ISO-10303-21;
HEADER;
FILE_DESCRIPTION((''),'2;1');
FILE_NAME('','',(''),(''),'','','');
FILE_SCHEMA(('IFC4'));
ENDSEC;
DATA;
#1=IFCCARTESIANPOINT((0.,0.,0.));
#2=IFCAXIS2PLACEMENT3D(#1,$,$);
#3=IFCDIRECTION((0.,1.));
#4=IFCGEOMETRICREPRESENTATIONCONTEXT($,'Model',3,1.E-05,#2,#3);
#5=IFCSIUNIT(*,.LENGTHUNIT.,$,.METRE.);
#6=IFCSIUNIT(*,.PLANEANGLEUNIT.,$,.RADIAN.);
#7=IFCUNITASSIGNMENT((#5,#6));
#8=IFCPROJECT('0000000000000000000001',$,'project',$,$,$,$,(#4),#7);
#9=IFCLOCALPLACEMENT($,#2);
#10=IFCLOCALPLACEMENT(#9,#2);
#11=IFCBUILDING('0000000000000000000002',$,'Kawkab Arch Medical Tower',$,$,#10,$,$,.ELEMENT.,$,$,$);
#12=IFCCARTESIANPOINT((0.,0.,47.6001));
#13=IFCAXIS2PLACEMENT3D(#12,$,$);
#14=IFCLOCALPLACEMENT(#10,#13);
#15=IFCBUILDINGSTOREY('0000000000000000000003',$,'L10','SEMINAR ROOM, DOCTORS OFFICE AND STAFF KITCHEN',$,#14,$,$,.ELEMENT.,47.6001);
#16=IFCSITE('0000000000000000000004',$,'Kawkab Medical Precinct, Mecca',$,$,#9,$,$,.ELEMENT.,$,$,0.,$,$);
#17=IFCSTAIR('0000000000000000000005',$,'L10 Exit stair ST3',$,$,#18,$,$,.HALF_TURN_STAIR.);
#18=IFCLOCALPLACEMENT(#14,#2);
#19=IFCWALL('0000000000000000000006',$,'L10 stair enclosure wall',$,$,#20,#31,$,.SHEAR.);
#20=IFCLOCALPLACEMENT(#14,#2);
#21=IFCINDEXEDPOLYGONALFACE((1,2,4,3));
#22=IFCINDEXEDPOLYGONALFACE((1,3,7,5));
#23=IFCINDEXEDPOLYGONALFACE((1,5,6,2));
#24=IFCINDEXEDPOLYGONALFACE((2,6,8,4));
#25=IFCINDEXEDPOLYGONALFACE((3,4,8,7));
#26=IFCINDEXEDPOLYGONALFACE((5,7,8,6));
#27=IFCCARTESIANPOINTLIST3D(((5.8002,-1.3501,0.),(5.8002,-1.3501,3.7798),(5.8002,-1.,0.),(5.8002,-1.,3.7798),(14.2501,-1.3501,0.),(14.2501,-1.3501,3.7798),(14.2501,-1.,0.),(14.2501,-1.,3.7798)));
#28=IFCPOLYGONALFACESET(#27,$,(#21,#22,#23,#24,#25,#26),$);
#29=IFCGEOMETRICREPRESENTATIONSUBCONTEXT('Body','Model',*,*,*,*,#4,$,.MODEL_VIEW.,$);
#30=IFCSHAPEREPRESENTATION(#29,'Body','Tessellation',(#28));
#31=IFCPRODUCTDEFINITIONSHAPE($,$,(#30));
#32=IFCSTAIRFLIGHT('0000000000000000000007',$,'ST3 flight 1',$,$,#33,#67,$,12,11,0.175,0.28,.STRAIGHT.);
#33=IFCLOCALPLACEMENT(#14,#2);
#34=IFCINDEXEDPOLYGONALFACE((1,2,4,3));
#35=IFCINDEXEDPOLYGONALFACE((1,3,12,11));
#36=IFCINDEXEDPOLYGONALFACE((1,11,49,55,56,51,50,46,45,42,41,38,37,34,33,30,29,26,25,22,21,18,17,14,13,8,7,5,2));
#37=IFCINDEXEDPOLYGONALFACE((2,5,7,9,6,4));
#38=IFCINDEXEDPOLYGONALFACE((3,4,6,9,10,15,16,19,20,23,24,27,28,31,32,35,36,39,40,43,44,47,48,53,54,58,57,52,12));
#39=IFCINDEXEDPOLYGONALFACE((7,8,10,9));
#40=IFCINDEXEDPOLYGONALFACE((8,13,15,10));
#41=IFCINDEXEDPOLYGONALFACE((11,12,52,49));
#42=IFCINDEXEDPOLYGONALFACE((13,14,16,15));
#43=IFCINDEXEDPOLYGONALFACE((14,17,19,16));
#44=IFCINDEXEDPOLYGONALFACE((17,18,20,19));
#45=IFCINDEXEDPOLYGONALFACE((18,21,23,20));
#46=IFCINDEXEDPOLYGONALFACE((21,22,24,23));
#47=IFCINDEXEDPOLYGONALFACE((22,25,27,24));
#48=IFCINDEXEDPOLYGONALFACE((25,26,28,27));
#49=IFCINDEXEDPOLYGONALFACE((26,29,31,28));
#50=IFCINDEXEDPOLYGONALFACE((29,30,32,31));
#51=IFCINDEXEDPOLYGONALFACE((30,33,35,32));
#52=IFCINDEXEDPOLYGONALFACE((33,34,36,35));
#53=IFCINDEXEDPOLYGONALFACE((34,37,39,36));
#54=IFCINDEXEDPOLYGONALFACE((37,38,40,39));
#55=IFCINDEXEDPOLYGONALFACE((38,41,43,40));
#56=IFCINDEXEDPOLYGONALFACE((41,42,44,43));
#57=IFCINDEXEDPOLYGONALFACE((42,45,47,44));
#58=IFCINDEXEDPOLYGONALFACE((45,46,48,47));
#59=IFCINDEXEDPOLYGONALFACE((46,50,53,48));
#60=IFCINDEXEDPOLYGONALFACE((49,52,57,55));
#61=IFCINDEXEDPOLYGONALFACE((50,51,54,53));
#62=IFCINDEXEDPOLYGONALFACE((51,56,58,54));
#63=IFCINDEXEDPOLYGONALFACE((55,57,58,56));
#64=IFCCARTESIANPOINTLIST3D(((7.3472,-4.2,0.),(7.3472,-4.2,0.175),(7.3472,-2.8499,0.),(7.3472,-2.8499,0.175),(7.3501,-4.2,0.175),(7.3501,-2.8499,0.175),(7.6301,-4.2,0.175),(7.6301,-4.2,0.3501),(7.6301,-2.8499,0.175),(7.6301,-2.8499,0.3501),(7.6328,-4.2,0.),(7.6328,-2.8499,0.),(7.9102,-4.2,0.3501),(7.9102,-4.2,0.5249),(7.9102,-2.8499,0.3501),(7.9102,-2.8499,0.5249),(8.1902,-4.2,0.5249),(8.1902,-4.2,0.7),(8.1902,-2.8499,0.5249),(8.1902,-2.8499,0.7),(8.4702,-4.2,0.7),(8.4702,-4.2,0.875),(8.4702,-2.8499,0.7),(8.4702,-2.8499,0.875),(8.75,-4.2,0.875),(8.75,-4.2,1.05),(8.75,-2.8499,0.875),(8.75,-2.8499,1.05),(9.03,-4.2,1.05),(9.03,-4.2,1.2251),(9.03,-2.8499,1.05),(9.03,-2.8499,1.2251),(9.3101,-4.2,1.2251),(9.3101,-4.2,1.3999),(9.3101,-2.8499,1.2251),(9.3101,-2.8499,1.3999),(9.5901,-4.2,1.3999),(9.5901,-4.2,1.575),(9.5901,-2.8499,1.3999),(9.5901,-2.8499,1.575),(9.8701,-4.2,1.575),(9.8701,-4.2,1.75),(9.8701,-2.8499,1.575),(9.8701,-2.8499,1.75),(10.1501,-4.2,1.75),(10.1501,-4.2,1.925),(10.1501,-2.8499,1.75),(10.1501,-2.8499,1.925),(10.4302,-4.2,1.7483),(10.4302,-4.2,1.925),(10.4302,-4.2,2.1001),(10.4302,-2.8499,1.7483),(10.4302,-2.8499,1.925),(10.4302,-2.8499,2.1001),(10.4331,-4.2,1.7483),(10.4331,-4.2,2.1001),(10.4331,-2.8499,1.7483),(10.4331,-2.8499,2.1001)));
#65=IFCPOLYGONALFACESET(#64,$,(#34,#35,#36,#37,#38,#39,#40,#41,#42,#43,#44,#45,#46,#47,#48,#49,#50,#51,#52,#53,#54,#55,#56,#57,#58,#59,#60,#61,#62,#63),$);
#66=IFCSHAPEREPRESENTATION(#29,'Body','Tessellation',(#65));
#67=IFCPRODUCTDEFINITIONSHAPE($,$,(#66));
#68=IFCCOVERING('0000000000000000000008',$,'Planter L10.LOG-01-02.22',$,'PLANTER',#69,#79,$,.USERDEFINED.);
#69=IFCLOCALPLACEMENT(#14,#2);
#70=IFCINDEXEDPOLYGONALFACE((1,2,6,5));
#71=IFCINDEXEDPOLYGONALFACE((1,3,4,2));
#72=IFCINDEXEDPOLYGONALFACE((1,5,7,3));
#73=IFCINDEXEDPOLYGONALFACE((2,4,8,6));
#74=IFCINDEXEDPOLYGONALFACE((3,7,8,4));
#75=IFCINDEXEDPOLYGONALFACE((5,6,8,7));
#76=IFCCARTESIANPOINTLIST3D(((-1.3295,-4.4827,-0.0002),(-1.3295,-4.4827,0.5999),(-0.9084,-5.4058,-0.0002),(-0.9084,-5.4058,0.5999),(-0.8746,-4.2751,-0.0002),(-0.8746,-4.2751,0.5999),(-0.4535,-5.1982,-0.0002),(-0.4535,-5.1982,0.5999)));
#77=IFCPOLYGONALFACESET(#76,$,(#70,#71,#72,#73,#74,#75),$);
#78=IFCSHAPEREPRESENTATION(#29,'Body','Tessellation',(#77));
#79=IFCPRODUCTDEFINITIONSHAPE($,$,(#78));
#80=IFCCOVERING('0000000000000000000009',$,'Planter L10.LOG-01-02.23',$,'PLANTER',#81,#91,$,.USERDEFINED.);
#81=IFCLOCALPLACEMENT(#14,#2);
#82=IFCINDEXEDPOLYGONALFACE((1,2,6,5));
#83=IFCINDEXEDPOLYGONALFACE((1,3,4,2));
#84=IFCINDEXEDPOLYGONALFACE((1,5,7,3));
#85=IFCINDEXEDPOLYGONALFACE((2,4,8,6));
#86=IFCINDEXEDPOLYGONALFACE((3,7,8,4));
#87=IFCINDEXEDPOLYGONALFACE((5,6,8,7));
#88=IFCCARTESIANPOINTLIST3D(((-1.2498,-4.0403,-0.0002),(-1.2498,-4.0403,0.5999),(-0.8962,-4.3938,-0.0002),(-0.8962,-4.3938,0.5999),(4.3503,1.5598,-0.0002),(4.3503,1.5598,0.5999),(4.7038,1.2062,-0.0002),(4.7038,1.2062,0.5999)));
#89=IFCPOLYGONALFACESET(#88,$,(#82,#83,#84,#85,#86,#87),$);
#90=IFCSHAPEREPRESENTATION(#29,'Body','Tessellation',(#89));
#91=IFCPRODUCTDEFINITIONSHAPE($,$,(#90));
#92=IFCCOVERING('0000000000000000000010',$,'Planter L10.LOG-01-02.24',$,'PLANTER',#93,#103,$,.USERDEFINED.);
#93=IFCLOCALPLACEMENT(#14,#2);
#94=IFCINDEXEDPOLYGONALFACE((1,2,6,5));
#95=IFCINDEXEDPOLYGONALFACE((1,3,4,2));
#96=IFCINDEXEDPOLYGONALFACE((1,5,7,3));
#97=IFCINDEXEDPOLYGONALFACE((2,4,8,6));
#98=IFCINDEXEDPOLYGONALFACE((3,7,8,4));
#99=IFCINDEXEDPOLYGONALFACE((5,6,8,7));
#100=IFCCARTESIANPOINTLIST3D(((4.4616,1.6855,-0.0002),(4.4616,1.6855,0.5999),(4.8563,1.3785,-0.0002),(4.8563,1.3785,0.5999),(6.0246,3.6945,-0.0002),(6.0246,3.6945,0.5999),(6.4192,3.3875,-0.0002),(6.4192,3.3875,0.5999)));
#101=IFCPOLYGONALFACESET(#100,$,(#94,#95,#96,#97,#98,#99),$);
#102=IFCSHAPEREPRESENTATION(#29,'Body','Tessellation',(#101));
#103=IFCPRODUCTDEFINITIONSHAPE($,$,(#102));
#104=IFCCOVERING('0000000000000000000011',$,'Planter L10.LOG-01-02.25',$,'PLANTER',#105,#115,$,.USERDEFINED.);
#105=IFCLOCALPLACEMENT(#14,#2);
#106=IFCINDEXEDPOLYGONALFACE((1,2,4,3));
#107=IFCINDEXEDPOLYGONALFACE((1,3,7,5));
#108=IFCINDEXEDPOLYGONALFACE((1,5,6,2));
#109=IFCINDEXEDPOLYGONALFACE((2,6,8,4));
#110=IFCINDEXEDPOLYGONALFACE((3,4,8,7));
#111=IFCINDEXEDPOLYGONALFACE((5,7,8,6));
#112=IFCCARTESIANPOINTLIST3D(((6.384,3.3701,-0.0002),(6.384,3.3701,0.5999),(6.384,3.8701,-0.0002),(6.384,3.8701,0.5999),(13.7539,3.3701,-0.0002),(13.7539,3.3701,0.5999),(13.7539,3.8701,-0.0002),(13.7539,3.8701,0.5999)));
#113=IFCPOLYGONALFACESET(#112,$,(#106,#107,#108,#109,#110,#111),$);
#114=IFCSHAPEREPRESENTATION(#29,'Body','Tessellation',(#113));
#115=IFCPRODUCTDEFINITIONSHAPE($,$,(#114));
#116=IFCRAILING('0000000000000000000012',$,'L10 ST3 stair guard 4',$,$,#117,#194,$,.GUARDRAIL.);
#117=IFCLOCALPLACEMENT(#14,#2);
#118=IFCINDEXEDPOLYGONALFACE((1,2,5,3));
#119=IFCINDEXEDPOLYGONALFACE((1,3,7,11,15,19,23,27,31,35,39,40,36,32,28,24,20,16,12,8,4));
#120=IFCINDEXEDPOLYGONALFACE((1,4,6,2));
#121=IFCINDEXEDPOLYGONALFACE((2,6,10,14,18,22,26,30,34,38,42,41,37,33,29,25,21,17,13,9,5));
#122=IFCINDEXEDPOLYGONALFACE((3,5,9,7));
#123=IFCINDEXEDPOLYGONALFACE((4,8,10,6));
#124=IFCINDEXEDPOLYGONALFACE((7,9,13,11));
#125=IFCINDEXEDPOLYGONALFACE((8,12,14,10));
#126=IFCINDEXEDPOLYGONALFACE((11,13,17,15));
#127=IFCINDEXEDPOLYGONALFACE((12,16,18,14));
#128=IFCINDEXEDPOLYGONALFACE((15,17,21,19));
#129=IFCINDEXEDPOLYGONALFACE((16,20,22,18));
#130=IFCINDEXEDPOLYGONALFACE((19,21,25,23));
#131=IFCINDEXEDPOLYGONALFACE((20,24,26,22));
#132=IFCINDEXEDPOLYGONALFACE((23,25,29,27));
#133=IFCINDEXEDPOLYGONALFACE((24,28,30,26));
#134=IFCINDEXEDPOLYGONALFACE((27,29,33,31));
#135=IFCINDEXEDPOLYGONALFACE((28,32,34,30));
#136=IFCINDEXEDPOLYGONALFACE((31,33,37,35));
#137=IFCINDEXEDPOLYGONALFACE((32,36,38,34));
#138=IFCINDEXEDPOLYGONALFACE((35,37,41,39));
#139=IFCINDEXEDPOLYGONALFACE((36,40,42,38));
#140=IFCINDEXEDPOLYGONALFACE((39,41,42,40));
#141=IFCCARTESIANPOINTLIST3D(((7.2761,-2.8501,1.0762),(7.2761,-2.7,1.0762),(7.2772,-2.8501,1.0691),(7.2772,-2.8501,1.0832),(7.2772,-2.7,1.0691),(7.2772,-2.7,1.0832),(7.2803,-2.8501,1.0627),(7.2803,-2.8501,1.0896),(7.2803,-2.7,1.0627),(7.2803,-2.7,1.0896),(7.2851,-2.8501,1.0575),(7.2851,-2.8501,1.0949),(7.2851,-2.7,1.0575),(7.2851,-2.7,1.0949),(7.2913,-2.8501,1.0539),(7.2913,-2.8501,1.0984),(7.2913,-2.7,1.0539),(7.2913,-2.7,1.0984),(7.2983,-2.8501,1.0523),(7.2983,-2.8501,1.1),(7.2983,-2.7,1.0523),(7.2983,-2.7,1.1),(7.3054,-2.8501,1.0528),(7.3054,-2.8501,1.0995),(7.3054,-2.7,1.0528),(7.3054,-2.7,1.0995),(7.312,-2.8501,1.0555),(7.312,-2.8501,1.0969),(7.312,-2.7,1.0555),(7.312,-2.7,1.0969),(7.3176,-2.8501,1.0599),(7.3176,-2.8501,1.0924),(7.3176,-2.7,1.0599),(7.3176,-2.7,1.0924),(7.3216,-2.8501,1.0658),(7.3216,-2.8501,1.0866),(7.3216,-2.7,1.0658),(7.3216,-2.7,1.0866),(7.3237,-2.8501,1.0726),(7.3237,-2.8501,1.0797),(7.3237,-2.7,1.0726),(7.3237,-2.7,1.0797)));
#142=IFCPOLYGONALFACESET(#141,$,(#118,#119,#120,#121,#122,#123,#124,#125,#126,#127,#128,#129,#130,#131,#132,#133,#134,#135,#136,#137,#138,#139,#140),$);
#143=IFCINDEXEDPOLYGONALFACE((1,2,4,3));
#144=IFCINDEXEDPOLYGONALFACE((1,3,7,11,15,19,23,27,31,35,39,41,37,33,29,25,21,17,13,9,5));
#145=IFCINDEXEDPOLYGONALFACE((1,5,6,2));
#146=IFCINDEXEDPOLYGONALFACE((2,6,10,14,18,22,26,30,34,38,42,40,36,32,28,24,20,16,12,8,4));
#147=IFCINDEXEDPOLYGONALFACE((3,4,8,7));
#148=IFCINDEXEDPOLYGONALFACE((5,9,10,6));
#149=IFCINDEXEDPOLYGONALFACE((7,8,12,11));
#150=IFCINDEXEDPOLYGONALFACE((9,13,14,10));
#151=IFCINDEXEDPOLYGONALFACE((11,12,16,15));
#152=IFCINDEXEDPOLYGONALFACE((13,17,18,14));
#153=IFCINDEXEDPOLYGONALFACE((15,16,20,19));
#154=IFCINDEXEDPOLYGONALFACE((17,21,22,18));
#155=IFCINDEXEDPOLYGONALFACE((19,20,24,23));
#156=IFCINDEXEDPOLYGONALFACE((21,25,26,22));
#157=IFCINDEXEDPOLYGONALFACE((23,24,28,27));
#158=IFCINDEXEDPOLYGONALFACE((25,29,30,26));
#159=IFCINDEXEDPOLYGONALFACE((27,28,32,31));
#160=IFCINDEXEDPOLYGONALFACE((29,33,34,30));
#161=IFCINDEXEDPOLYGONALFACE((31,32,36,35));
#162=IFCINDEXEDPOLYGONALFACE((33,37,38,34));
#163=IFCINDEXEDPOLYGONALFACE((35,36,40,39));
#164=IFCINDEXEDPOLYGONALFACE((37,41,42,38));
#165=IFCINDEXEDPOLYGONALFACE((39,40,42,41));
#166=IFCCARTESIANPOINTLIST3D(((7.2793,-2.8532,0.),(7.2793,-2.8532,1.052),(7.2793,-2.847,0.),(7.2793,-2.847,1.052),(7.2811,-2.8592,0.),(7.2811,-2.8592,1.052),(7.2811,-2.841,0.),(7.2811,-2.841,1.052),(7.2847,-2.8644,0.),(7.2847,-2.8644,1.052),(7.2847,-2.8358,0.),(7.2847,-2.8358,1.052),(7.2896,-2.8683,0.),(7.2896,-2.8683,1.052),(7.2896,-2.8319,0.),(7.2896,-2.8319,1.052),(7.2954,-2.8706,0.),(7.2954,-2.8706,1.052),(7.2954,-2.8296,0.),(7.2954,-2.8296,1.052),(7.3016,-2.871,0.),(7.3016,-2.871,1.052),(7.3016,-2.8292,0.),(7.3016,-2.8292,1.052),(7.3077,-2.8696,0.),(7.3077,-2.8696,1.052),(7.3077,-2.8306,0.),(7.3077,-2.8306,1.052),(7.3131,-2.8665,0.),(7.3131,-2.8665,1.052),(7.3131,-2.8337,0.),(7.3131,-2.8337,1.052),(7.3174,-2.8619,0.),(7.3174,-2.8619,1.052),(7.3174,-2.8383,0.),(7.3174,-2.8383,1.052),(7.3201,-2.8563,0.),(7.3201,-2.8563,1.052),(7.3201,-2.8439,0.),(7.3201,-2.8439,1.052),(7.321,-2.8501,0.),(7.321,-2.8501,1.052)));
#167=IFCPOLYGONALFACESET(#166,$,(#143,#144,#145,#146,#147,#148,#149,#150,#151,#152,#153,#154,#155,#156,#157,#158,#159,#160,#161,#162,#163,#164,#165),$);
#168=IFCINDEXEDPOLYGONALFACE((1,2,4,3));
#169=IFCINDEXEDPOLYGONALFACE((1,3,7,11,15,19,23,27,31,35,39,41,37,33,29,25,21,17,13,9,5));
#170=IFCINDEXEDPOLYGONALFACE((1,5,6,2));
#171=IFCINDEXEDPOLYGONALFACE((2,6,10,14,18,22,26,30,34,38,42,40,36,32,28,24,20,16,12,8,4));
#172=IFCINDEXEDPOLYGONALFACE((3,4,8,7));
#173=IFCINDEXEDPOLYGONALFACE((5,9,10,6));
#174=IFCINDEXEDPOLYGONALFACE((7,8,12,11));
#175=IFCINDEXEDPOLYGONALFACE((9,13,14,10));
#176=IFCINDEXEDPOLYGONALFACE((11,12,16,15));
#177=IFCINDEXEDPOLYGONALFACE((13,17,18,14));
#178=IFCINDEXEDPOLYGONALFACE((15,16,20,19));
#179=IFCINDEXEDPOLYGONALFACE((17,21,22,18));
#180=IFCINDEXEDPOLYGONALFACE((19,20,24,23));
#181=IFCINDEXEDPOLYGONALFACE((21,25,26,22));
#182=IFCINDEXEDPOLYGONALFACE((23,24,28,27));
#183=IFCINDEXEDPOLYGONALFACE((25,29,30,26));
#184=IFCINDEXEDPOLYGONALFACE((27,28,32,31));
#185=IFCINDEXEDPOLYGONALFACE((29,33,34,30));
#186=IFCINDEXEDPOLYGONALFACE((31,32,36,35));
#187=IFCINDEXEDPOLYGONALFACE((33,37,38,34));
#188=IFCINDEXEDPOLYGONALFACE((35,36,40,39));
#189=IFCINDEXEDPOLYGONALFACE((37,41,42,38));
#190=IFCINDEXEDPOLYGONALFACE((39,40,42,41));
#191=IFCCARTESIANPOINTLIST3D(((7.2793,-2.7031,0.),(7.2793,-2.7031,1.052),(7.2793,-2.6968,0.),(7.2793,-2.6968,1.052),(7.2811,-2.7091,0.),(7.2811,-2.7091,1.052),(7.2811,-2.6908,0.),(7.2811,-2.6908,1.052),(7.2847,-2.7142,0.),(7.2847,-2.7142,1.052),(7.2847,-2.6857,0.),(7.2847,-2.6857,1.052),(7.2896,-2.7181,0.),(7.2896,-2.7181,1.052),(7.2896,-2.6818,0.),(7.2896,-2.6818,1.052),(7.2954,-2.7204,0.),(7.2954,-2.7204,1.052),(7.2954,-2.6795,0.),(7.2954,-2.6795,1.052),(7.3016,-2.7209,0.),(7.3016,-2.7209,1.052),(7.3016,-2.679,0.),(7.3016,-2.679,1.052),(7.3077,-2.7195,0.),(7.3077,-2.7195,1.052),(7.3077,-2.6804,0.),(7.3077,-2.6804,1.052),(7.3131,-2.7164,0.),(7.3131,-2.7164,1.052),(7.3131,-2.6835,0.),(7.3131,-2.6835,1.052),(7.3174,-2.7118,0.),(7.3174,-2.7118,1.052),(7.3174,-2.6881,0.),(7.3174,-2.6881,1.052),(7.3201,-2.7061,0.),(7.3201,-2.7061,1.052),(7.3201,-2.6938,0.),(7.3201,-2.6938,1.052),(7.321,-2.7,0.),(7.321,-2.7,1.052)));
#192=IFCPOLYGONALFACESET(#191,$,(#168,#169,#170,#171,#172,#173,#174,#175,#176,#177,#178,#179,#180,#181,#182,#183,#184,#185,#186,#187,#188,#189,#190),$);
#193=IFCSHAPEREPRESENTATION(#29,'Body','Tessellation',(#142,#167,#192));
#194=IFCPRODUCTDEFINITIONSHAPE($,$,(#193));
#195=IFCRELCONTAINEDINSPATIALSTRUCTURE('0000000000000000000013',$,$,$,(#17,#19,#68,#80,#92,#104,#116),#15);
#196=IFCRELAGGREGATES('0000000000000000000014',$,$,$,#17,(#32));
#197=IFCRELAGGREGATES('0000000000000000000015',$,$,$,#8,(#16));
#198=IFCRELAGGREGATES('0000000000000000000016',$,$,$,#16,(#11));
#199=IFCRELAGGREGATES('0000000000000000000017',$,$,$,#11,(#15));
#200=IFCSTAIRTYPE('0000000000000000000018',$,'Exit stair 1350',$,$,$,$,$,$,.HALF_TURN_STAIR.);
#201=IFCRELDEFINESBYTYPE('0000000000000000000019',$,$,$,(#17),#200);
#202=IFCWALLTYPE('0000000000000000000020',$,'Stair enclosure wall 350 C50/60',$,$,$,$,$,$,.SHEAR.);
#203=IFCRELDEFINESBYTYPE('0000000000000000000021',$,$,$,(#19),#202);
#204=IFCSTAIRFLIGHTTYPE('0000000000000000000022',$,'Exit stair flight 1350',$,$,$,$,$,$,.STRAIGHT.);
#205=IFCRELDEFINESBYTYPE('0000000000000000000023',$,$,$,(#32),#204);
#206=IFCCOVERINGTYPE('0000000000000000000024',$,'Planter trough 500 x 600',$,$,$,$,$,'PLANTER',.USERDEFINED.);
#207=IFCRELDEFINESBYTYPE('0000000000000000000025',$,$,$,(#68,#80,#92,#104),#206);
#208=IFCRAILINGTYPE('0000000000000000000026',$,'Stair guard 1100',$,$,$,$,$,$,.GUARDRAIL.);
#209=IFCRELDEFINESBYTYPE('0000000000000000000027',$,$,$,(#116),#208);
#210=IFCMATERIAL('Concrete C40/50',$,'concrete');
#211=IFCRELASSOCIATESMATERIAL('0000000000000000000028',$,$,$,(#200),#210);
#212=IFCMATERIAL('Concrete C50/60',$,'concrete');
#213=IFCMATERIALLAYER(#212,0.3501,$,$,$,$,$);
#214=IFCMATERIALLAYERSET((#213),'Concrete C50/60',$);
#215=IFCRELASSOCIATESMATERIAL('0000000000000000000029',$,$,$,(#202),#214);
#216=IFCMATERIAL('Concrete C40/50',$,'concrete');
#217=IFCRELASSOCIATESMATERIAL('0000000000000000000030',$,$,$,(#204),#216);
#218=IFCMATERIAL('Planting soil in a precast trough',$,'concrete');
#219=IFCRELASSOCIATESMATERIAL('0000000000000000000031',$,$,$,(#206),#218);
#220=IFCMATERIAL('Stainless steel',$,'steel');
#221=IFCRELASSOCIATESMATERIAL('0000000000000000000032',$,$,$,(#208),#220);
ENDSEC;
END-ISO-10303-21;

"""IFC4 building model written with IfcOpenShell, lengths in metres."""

from ifc_helpers import new_model, si_unit, direction, frame, frame_2d, origin, origin_2d, place, context, subcontext, project, spatial, polyline, rectangle, circle, outline, extrude, material, layer, layer_set, material_profile, profile_set, type_object, element, aggregate, save


model = new_model("IFC4")

# Units and contexts
model_context = context("Model", 3, precision=1e-05, world=origin(), true_north=direction((0.0, 1.0)))
body_context = subcontext(model_context, "Body", "Model", "MODEL_VIEW")
ifc_project = project(units=[si_unit("LENGTHUNIT", "METRE"), si_unit("PLANEANGLEUNIT", "RADIAN")], contexts=[model_context])

# Site, building, storey
site_placement = place(None, origin())
site = spatial("IfcSite", under=ifc_project, at=site_placement, Name="Kawkab Medical Precinct, Mecca", CompositionType="ELEMENT", RefElevation=0.0)
building_placement = place(site_placement, origin())
building = spatial("IfcBuilding", under=site, at=building_placement, Name="Kawkab Arch Medical Tower", CompositionType="ELEMENT")
storey_placement = place(building_placement, frame((0.0, 0.0, 47.6001)))
storey = spatial("IfcBuildingStorey", under=building, at=storey_placement, Name="L10", Description="SEMINAR ROOM, DOCTORS OFFICE AND STAFF KITCHEN", CompositionType="ELEMENT", Elevation=47.6001)

# Shared definitions
placement_1 = place(storey_placement, origin())

# Stair
ifc_material_1 = material(Name="Concrete C40/50", Category="concrete")
stair_type = type_object("IfcStairType", Name="Exit stair 1350", PredefinedType="HALF_TURN_STAIR", material=ifc_material_1)
stair_1 = element("IfcStair", 1, at=placement_1, inside=storey, type_object=stair_type, Name="L10 Exit stair ST3", PredefinedType="HALF_TURN_STAIR")

# Wall
ifc_material_2 = material(Name="Concrete C50/60", Category="concrete")
ifc_layer_1 = layer(ifc_material_2, 0.3501)
ifc_layer_set_1 = layer_set([ifc_layer_1], Name="Concrete C50/60")
wall_type_1 = type_object("IfcWallType", Name="Stair enclosure wall 350 C50/60", PredefinedType="SHEAR", material=ifc_layer_set_1)
wall_1_placement = place(storey_placement, frame((5.8, -1.175, 0.0), z_axis=(0.0, 0.0, 1.0), x_axis=(1.0, 0.0, 0.0)))
element("IfcWall", 2, at=wall_1_placement, inside=storey, type_object=wall_type_1, Name="L10 stair enclosure wall", PredefinedType="SHEAR", context=body_context, shape_type="SweptSolid", body=[
    extrude(rectangle(XDim=8.45, YDim=0.3501, at=frame_2d((4.2251, 0.0))), origin(), (0.0, 0.0, 1.0), 3.7798),
])

# Stair flight
ifc_material_3 = material(Name="Concrete C40/50", Category="concrete")
stair_flight_type = type_object("IfcStairFlightType", Name="Exit stair flight 1350", PredefinedType="STRAIGHT", material=ifc_material_3)
stair_flight_placement = place(storey_placement, frame((7.3501, -3.5249, 0.0), z_axis=(0.0, 0.0, 1.0), x_axis=(1.0, 0.0, 0.0)))
stair_flight = element("IfcStairFlight", 3, at=stair_flight_placement, type_object=stair_flight_type, Name="ST3 flight 1", NumberOfRisers=12, NumberOfTreads=11, PredefinedType="STRAIGHT", RiserHeight=0.175, TreadLength=0.28, context=body_context, shape_type="SweptSolid", body=[
    extrude(outline(polyline([(-0.0029, 0.0), (-0.0029, 0.175), (0.0, 0.175), (0.28, 0.175), (0.28, 0.3501), (0.5601, 0.3501), (0.5601, 0.5249), (0.8401, 0.5249), (0.8401, 0.7), (1.1201, 0.7), (1.1201, 0.875), (1.3999, 0.875), (1.3999, 1.05), (1.6799, 1.05), (1.6799, 1.2251), (1.96, 1.2251), (1.96, 1.3999), (2.24, 1.3999), (2.24, 1.575), (2.52, 1.575), (2.52, 1.75), (2.8, 1.75), (2.8, 1.925), (3.0801, 1.925), (3.0801, 2.1001), (3.083, 2.1001), (3.083, 1.7483), (3.0801, 1.7483), (0.2827, 0.0), (-0.0029, 0.0)])), frame((0.0, 0.675, 0.0), z_axis=(0.0, -1.0, 0.0), x_axis=(1.0, 0.0, 0.0)), (0.0, 0.0, 1.0), 1.3501),
])
aggregate(stair_1, [stair_flight])

# Coverings
ifc_material_4 = material(Name="Planting soil in a precast trough", Category="concrete")
ifc_material_profile_1 = material_profile(ifc_material_4, rectangle(XDim=0.5, YDim=0.6001, at=origin_2d()), Name="Trough 500x600")
ifc_profile_set_1 = profile_set([ifc_material_profile_1], Name="Planting soil in a precast trough")
covering_type = type_object("IfcCoveringType", Name="Planter trough 500 x 600", ElementType="PLANTER", PredefinedType="USERDEFINED", material=ifc_profile_set_1)
covering_1_placement = place(storey_placement, frame((-0.6809, -5.302, 0.2998), z_axis=(-0.415072, 0.909789, 0.0), x_axis=(-0.909789, -0.415072, 0.0)))
element("IfcCovering", 4, at=covering_1_placement, inside=storey, type_object=covering_type, Name="Planter L10.LOG-01-02.22", ObjectType="PLANTER", PredefinedType="USERDEFINED", context=body_context, shape_type="SweptSolid", body=[
    extrude(rectangle(XDim=0.5, YDim=0.6001, at=origin_2d()), origin(), (0.0, 0.0, 1.0), 1.0146),
])
covering_2_placement = place(storey_placement, frame((-1.073, -4.217, 0.2998), z_axis=(0.707107, 0.707107, 0.0), x_axis=(-0.707107, 0.707107, 0.0)))
element("IfcCovering", 5, at=covering_2_placement, inside=storey, type_object=covering_type, Name="Planter L10.LOG-01-02.23", ObjectType="PLANTER", PredefinedType="USERDEFINED", context=body_context, shape_type="SweptSolid", body=[
    extrude(rectangle(XDim=0.5, YDim=0.6001, at=origin_2d()), origin(), (0.0, 0.0, 1.0), 7.9197),
])
covering_3_placement = place(storey_placement, frame((4.6589, 1.532, 0.2998), z_axis=(0.61404, 0.789275, 0.0), x_axis=(-0.789275, 0.61404, 0.0)))
element("IfcCovering", 6, at=covering_3_placement, inside=storey, type_object=covering_type, Name="Planter L10.LOG-01-02.24", ObjectType="PLANTER", PredefinedType="USERDEFINED", context=body_context, shape_type="SweptSolid", body=[
    extrude(rectangle(XDim=0.5, YDim=0.6001, at=origin_2d()), origin(), (0.0, 0.0, 1.0), 2.5454),
])
covering_4_placement = place(storey_placement, frame((6.384, 3.6201, 0.2998), z_axis=(1.0, 0.0, 0.0), x_axis=(0.0, 1.0, 0.0)))
element("IfcCovering", 7, at=covering_4_placement, inside=storey, type_object=covering_type, Name="Planter L10.LOG-01-02.25", ObjectType="PLANTER", PredefinedType="USERDEFINED", context=body_context, shape_type="SweptSolid", body=[
    extrude(rectangle(XDim=0.5, YDim=0.6001, at=origin_2d()), origin(), (0.0, 0.0, 1.0), 7.3699),
])

# Railing
ifc_material_5 = material(Name="Stainless steel", Category="steel")
railing_type_1 = type_object("IfcRailingType", Name="Stair guard 1100", PredefinedType="GUARDRAIL", material=ifc_material_5)
railing_1_placement = place(storey_placement, frame((7.3, -2.8501, 0.0)))
element("IfcRailing", 8, at=railing_1_placement, inside=storey, type_object=railing_type_1, Name="L10 ST3 stair guard 4", PredefinedType="GUARDRAIL", context=body_context, shape_type="SweptSolid", body=[
    extrude(circle(Radius=0.0239, at=origin_2d()), frame((0.0, 0.0, 1.0762), z_axis=(0.0, 1.0, 0.0), x_axis=(-1.0, 0.0, 0.0)), (0.0, 0.0, 1.0), 0.1501),
    extrude(circle(Radius=0.021, at=origin_2d()), origin(), (0.0, 0.0, 1.0), 1.052),
    extrude(circle(Radius=0.021, at=origin_2d()), frame((0.0, 0.1501, 0.0)), (0.0, 0.0, 1.0), 1.052),
])

save(model, "model.ifc")
